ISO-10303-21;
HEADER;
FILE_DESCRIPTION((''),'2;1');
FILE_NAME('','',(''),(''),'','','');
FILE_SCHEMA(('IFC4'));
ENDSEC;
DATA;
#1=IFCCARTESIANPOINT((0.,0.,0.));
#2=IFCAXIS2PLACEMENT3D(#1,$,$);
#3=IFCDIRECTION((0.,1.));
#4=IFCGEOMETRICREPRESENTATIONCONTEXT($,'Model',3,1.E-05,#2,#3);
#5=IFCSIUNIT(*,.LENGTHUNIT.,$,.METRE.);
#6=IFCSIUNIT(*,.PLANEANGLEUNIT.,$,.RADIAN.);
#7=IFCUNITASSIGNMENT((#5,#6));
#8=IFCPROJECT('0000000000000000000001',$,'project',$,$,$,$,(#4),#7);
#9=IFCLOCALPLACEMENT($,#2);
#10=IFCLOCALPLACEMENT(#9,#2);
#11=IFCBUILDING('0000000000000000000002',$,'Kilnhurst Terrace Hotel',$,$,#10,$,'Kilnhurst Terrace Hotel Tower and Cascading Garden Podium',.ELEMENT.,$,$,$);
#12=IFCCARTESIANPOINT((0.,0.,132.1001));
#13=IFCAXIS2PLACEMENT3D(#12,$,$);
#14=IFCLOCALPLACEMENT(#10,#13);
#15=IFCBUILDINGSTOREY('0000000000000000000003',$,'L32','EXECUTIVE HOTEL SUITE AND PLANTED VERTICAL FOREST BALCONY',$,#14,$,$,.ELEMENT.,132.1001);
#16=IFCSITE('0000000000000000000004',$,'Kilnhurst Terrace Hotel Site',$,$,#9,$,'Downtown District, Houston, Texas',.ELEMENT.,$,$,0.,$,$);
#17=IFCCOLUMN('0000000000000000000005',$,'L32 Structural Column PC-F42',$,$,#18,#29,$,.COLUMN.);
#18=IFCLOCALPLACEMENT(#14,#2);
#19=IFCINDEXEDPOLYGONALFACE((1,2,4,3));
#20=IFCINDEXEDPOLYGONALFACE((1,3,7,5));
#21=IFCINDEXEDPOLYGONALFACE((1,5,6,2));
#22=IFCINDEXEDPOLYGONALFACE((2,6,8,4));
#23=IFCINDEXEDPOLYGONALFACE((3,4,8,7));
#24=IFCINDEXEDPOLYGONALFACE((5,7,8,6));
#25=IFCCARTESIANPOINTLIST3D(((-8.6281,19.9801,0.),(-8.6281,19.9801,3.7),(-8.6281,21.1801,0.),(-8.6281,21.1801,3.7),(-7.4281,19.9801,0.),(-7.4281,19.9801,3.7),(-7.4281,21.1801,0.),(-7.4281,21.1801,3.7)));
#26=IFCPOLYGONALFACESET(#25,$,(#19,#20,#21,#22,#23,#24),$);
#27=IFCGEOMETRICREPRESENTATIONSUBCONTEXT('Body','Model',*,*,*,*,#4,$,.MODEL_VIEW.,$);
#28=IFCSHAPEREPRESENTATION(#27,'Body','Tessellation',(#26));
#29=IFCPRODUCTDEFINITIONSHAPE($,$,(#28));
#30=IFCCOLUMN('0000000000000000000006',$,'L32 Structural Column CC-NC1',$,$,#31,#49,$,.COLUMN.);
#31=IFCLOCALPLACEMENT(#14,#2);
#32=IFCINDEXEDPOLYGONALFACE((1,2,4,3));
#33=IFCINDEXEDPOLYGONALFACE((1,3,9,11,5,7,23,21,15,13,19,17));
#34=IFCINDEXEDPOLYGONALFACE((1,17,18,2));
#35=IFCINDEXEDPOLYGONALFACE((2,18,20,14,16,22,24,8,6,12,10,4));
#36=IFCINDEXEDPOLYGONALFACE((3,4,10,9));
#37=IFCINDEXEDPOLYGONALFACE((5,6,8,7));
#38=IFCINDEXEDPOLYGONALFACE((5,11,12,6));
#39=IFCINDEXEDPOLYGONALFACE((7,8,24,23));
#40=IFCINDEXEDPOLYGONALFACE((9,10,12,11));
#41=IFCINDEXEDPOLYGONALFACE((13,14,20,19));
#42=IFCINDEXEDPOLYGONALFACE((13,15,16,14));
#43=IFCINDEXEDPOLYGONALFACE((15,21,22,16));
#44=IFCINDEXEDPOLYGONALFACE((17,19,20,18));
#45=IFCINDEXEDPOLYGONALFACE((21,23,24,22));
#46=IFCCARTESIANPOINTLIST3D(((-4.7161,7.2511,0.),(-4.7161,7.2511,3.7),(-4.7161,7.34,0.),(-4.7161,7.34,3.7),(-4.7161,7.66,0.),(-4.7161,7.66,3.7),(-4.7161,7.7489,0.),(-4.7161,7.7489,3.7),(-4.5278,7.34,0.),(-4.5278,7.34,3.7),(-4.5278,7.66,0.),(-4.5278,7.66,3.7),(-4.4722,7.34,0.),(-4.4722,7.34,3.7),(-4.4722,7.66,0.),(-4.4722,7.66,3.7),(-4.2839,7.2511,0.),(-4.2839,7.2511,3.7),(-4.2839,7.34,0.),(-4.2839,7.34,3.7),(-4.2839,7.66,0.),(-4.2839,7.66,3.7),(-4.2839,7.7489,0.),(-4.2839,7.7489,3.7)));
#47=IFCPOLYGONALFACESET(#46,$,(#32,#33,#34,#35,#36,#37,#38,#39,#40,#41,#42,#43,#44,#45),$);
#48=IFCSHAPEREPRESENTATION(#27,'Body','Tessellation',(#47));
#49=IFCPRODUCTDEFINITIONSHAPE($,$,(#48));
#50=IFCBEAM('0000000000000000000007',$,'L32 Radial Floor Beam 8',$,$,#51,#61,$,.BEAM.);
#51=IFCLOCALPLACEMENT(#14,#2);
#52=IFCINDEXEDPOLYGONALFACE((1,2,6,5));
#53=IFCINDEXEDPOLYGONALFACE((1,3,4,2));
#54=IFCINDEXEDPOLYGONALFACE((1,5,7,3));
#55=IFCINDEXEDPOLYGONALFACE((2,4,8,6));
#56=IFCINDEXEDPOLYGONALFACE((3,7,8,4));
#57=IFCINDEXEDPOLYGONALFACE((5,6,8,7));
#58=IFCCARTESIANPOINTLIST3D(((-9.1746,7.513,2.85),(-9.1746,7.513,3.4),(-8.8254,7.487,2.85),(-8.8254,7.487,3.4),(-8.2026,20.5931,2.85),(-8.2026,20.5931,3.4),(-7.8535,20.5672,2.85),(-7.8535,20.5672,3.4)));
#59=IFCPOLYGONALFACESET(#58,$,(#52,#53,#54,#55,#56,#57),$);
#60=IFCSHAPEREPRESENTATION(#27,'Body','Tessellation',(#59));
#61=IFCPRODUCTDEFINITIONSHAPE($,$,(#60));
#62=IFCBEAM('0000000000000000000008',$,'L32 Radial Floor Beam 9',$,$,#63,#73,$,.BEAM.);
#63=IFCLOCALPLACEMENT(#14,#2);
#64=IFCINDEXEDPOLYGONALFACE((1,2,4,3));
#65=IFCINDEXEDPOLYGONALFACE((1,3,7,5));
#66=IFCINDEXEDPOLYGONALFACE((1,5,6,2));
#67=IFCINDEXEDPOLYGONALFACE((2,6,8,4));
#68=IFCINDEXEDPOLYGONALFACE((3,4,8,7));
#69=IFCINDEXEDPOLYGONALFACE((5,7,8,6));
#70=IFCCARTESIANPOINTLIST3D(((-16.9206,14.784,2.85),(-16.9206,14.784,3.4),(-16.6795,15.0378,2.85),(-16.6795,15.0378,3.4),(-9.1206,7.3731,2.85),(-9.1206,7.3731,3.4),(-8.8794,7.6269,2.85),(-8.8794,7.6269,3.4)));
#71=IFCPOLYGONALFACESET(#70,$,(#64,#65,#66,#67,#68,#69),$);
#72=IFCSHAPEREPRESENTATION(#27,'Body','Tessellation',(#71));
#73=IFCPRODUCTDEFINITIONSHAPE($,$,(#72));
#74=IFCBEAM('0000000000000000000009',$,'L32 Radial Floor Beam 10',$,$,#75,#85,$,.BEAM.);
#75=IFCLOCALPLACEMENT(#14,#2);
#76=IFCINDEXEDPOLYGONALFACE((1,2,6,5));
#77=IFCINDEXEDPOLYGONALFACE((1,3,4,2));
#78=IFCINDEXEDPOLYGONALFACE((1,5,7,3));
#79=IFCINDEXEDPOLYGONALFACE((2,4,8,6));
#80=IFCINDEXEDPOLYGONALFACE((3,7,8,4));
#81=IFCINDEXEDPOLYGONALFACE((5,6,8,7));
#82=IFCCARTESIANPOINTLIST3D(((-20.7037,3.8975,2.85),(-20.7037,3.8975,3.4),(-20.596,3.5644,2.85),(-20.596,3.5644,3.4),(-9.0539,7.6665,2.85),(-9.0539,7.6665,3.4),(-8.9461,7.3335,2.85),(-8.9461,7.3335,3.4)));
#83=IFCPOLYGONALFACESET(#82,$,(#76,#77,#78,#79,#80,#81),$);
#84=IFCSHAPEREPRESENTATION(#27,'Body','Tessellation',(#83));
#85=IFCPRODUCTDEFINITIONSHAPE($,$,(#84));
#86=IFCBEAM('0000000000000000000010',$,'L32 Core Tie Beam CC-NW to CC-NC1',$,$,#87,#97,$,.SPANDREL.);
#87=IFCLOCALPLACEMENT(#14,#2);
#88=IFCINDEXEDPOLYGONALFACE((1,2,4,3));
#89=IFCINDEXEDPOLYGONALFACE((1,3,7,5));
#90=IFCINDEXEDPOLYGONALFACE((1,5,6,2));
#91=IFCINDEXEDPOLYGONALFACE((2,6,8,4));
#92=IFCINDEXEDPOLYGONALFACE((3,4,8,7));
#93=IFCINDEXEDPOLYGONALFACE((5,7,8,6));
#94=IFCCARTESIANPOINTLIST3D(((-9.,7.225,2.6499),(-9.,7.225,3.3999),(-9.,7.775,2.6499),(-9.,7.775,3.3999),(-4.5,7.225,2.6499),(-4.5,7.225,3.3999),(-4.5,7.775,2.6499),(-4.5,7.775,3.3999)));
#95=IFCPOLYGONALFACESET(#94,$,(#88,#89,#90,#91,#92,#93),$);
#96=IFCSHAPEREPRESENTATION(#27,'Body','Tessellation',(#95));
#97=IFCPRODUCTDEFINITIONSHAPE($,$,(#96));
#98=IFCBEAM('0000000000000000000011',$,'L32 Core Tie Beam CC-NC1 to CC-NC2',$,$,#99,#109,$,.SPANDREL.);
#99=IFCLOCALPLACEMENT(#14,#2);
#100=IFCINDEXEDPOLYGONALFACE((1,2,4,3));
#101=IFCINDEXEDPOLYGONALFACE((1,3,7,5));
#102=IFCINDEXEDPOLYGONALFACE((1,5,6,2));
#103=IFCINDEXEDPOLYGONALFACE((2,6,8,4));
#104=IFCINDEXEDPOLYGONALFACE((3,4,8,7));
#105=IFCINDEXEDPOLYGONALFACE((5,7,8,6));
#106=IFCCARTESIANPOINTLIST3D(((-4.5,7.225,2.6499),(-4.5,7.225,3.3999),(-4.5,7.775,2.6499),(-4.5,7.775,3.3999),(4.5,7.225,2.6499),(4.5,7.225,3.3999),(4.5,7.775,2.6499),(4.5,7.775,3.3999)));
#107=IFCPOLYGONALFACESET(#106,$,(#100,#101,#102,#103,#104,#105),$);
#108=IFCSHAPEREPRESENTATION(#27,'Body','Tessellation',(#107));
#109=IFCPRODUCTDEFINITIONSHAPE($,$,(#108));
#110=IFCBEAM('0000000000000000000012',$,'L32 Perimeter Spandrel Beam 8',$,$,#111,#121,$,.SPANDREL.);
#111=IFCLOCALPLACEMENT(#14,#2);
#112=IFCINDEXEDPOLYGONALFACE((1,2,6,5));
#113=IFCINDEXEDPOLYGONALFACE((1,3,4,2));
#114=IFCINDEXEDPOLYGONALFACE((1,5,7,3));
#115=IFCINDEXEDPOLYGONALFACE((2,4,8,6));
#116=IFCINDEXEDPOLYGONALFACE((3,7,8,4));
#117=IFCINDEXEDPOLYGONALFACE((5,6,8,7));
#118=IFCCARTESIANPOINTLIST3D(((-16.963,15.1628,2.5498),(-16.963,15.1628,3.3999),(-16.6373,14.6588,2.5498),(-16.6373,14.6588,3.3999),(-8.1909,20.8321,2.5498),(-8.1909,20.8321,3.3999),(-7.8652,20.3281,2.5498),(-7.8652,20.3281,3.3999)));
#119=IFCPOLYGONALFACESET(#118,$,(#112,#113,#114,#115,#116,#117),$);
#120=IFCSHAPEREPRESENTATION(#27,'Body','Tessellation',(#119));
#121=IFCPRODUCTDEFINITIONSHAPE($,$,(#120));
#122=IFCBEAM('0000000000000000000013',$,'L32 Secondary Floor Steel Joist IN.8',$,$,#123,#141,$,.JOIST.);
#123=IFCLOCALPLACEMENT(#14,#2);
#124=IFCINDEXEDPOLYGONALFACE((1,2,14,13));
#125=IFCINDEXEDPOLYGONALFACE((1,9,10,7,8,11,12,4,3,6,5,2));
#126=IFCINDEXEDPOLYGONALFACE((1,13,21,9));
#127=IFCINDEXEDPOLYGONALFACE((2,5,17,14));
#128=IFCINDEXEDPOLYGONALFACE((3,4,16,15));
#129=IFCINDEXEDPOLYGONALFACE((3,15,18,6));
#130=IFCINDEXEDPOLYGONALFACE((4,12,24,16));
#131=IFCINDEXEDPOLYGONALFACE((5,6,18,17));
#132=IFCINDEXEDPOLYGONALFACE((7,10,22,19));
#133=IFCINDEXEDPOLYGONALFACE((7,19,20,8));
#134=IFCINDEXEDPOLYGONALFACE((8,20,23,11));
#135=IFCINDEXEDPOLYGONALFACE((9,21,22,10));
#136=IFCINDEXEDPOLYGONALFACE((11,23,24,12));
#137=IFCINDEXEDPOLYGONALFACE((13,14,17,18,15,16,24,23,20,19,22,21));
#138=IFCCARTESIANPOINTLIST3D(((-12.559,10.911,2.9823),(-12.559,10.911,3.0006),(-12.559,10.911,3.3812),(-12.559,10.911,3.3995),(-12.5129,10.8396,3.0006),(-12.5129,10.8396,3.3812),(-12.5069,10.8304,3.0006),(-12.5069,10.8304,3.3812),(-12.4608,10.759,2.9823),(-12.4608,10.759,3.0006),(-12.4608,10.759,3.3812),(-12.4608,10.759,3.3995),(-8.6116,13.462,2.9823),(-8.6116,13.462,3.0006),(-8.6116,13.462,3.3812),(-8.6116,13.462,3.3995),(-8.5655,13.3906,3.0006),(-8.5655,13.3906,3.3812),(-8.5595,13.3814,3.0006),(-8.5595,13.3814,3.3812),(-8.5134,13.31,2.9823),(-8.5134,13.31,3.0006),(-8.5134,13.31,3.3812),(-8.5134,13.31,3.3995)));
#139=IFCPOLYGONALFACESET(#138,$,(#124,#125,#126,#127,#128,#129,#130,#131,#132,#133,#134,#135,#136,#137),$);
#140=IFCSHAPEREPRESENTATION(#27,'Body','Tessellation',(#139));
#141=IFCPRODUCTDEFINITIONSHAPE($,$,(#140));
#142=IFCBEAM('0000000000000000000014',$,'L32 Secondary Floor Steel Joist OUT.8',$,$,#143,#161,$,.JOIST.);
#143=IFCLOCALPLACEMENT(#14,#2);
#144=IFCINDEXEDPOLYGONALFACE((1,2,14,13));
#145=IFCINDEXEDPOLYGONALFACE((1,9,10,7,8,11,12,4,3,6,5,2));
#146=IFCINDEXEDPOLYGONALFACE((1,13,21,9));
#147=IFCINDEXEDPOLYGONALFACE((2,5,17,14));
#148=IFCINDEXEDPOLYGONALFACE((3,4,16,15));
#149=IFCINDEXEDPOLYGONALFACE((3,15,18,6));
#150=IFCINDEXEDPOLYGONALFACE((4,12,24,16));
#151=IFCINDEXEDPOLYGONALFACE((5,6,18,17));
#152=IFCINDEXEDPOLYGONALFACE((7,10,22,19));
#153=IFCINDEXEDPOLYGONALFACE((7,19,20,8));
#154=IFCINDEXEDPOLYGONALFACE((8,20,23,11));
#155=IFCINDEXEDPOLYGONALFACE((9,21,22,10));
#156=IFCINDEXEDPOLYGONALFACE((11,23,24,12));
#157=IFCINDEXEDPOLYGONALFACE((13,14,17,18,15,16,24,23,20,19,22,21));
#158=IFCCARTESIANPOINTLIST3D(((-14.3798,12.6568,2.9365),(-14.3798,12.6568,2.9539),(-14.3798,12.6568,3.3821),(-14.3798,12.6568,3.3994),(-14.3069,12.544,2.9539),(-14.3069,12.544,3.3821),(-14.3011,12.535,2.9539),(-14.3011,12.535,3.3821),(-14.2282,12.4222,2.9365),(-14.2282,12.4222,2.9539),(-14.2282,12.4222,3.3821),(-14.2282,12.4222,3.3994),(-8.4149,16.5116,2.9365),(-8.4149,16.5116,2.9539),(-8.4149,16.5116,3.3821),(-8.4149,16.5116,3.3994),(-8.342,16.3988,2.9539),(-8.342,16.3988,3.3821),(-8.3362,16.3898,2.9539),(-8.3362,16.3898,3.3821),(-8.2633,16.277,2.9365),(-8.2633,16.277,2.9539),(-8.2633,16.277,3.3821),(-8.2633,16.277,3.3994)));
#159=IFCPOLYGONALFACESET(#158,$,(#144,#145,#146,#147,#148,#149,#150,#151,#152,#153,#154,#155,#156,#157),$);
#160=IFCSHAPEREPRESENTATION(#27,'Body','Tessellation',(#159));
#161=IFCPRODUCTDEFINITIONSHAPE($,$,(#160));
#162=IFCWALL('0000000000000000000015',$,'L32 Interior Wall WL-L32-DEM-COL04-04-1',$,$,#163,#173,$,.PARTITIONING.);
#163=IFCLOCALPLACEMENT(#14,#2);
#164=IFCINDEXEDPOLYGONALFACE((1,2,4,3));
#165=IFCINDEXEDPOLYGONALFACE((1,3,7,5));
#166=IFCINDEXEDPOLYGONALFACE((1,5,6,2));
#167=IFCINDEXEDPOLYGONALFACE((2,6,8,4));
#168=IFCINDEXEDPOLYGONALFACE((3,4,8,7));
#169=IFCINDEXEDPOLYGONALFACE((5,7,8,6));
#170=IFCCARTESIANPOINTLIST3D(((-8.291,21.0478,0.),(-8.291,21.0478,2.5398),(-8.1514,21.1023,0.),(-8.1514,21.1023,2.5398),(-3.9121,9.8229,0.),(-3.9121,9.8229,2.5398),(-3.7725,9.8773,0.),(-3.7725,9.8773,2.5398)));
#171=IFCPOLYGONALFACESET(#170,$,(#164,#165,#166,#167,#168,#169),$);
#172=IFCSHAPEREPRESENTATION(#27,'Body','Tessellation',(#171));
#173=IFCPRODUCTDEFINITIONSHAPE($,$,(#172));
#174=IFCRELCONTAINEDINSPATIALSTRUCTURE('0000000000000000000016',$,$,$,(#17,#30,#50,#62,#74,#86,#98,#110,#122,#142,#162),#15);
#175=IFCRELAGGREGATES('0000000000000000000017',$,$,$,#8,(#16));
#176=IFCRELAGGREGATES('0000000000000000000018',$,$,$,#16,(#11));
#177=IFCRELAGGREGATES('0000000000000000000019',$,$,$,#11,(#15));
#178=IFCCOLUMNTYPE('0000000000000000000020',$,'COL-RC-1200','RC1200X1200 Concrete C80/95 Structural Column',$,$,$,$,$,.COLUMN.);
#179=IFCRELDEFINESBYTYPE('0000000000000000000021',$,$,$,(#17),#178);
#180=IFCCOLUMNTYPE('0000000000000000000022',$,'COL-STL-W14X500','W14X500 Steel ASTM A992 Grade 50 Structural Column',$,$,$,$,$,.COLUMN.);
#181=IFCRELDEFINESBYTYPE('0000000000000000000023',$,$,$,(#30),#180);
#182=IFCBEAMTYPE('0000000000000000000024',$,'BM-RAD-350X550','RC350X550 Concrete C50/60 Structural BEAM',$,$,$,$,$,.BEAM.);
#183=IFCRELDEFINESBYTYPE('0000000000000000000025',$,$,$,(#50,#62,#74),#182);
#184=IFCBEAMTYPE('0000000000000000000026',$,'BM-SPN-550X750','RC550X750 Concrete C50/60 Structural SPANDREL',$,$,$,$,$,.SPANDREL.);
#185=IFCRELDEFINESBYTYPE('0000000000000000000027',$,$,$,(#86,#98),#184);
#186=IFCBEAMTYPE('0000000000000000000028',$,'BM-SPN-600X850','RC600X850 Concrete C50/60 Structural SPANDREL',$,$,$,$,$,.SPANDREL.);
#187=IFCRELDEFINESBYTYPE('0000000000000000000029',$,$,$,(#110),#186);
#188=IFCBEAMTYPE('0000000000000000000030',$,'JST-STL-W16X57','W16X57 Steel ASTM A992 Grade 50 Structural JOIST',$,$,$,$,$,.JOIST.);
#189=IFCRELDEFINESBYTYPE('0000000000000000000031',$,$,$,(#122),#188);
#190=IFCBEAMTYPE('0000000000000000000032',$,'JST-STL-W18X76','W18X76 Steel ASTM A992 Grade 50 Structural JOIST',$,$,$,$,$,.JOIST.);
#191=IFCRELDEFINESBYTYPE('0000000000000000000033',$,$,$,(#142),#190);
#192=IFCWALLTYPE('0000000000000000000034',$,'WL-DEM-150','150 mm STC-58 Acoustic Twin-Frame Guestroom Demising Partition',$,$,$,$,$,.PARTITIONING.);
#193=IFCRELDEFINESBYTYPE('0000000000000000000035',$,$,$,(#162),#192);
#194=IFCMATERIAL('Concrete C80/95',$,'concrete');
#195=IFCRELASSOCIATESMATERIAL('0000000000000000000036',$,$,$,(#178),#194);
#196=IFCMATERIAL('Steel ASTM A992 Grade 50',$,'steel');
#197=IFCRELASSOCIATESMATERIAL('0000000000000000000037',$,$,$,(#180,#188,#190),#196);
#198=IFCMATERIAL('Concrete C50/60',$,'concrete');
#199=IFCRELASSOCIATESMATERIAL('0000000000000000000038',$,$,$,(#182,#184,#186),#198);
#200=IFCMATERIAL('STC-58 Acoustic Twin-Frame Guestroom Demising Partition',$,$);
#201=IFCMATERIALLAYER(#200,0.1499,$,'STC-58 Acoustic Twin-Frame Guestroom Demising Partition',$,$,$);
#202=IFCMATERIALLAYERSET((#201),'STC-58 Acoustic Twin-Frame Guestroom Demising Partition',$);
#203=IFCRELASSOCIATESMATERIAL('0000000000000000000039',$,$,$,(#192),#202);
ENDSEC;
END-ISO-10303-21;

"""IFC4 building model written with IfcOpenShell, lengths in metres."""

from ifc_helpers import new_model, si_unit, direction, frame, frame_2d, origin, origin_2d, place, context, subcontext, project, spatial, rectangle, i_section, extrude, material, layer, layer_set, material_profile, profile_set, type_object, element, save


model = new_model("IFC4")

# Units and contexts
model_context = context("Model", 3, precision=1e-05, world=origin(), true_north=direction((0.0, 1.0)))
body_context = subcontext(model_context, "Body", "Model", "MODEL_VIEW")
ifc_project = project(units=[si_unit("LENGTHUNIT", "METRE"), si_unit("PLANEANGLEUNIT", "RADIAN")], contexts=[model_context])

# Site, building, storey
site_placement = place(None, origin())
site = spatial("IfcSite", under=ifc_project, at=site_placement, Name="Kilnhurst Terrace Hotel Site", LongName="Downtown District, Houston, Texas", CompositionType="ELEMENT", RefElevation=0.0)
building_placement = place(site_placement, origin())
building = spatial("IfcBuilding", under=site, at=building_placement, Name="Kilnhurst Terrace Hotel", LongName="Kilnhurst Terrace Hotel Tower and Cascading Garden Podium", CompositionType="ELEMENT")
storey_placement = place(building_placement, frame((0.0, 0.0, 132.1001)))
storey = spatial("IfcBuildingStorey", under=building, at=storey_placement, Name="L32", Description="EXECUTIVE HOTEL SUITE AND PLANTED VERTICAL FOREST BALCONY", CompositionType="ELEMENT", Elevation=132.1001)

# Columns
ifc_material_1 = material(Name="Concrete C80/95", Category="concrete")
ifc_material_profile_1 = material_profile(ifc_material_1, rectangle(XDim=1.2, YDim=1.2, at=origin_2d()), Name="RC1200X1200")
ifc_profile_set_1 = profile_set([ifc_material_profile_1], Name="Concrete C80/95")
column_type_1 = type_object("IfcColumnType", Name="COL-RC-1200", Description="RC1200X1200 Concrete C80/95 Structural Column", PredefinedType="COLUMN", material=ifc_profile_set_1)
column_1_placement = place(storey_placement, frame((-8.0281, 20.5801, 0.0), z_axis=(0.0, 0.0, 1.0), x_axis=(1.0, 0.0, 0.0)))
element("IfcColumn", 1, at=column_1_placement, inside=storey, type_object=column_type_1, Name="L32 Structural Column PC-F42", PredefinedType="COLUMN", context=body_context, shape_type="SweptSolid", body=[
    extrude(rectangle(XDim=1.2, YDim=1.2, at=origin_2d()), origin(), (0.0, 0.0, 1.0), 3.7),
])
ifc_material_2 = material(Name="Steel ASTM A992 Grade 50", Category="steel")
ifc_material_profile_2 = material_profile(ifc_material_2, i_section(OverallWidth=0.4321, OverallDepth=0.4978, WebThickness=0.0557, FlangeThickness=0.0889, at=origin_2d()), Name="W14X500")
ifc_profile_set_2 = profile_set([ifc_material_profile_2], Name="Steel ASTM A992 Grade 50")
column_type_2 = type_object("IfcColumnType", Name="COL-STL-W14X500", Description="W14X500 Steel ASTM A992 Grade 50 Structural Column", PredefinedType="COLUMN", material=ifc_profile_set_2)
column_2_placement = place(storey_placement, frame((-4.5, 7.5, 0.0), z_axis=(0.0, 0.0, 1.0), x_axis=(1.0, 0.0, 0.0)))
element("IfcColumn", 2, at=column_2_placement, inside=storey, type_object=column_type_2, Name="L32 Structural Column CC-NC1", PredefinedType="COLUMN", context=body_context, shape_type="SweptSolid", body=[
    extrude(i_section(OverallWidth=0.4321, OverallDepth=0.4978, WebThickness=0.0557, FlangeThickness=0.0889, at=origin_2d()), origin(), (0.0, 0.0, 1.0), 3.7),
])

# Beams
ifc_material_3 = material(Name="Concrete C50/60", Category="concrete")
ifc_material_profile_3 = material_profile(ifc_material_3, rectangle(XDim=0.3501, YDim=0.55, at=origin_2d()), Name="RC350X550")
ifc_profile_set_3 = profile_set([ifc_material_profile_3], Name="Concrete C50/60")
beam_type_1 = type_object("IfcBeamType", Name="BM-RAD-350X550", Description="RC350X550 Concrete C50/60 Structural BEAM", PredefinedType="BEAM", material=ifc_profile_set_3)
beam_1_placement = place(storey_placement, frame((-9.0, 7.5, 3.125), z_axis=(0.074101, 0.997251, 0.0), x_axis=(-0.997251, 0.074101, 0.0)))
element("IfcBeam", 3, at=beam_1_placement, inside=storey, type_object=beam_type_1, Name="L32 Radial Floor Beam 8", PredefinedType="BEAM", context=body_context, shape_type="SweptSolid", body=[
    extrude(rectangle(XDim=0.3501, YDim=0.55, at=origin_2d()), origin(), (0.0, 0.0, 1.0), 13.1162),
])
beam_2_placement = place(storey_placement, frame((-9.0, 7.5, 3.125), z_axis=(-0.72496, 0.688791, 0.0), x_axis=(-0.688791, -0.72496, 0.0)))
element("IfcBeam", 4, at=beam_2_placement, inside=storey, type_object=beam_type_1, Name="L32 Radial Floor Beam 9", PredefinedType="BEAM", context=body_context, shape_type="SweptSolid", body=[
    extrude(rectangle(XDim=0.3501, YDim=0.55, at=origin_2d()), origin(), (0.0, 0.0, 1.0), 10.7593),
])
beam_3_placement = place(storey_placement, frame((-9.0, 7.5, 3.125), z_axis=(-0.951446, -0.307817, 0.0), x_axis=(0.307817, -0.951446, 0.0)))
element("IfcBeam", 5, at=beam_3_placement, inside=storey, type_object=beam_type_1, Name="L32 Radial Floor Beam 10", PredefinedType="BEAM", context=body_context, shape_type="SweptSolid", body=[
    extrude(rectangle(XDim=0.3501, YDim=0.55, at=origin_2d()), origin(), (0.0, 0.0, 1.0), 12.2444),
])
ifc_material_profile_4 = material_profile(ifc_material_3, rectangle(XDim=0.55, YDim=0.75, at=origin_2d()), Name="RC550X750")
ifc_profile_set_4 = profile_set([ifc_material_profile_4], Name="Concrete C50/60")
beam_type_2 = type_object("IfcBeamType", Name="BM-SPN-550X750", Description="RC550X750 Concrete C50/60 Structural SPANDREL", PredefinedType="SPANDREL", material=ifc_profile_set_4)
beam_4_placement = place(storey_placement, frame((-9.0, 7.5, 3.0249), z_axis=(1.0, 0.0, 0.0), x_axis=(0.0, 1.0, 0.0)))
element("IfcBeam", 6, at=beam_4_placement, inside=storey, type_object=beam_type_2, Name="L32 Core Tie Beam CC-NW to CC-NC1", PredefinedType="SPANDREL", context=body_context, shape_type="SweptSolid", body=[
    extrude(rectangle(XDim=0.55, YDim=0.75, at=origin_2d()), origin(), (0.0, 0.0, 1.0), 4.5),
])
beam_5_placement = place(storey_placement, frame((-4.5, 7.5, 3.0249), z_axis=(1.0, 0.0, 0.0), x_axis=(0.0, 1.0, 0.0)))
element("IfcBeam", 7, at=beam_5_placement, inside=storey, type_object=beam_type_2, Name="L32 Core Tie Beam CC-NC1 to CC-NC2", PredefinedType="SPANDREL", context=body_context, shape_type="SweptSolid", body=[
    extrude(rectangle(XDim=0.55, YDim=0.75, at=origin_2d()), origin(), (0.0, 0.0, 1.0), 9.0),
])
ifc_material_profile_5 = material_profile(ifc_material_3, rectangle(XDim=0.6001, YDim=0.8501, at=origin_2d()), Name="RC600X850")
ifc_profile_set_5 = profile_set([ifc_material_profile_5], Name="Concrete C50/60")
beam_type_3 = type_object("IfcBeamType", Name="BM-SPN-600X850", Description="RC600X850 Concrete C50/60 Structural SPANDREL", PredefinedType="SPANDREL", material=ifc_profile_set_5)
beam_6_placement = place(storey_placement, frame((-8.0281, 20.5801, 2.9749), z_axis=(-0.839867, -0.542793, 0.0), x_axis=(0.542793, -0.839867, 0.0)))
element("IfcBeam", 8, at=beam_6_placement, inside=storey, type_object=beam_type_3, Name="L32 Perimeter Spandrel Beam 8", PredefinedType="SPANDREL", context=body_context, shape_type="SweptSolid", body=[
    extrude(rectangle(XDim=0.6001, YDim=0.8501, at=origin_2d()), origin(), (0.0, 0.0, 1.0), 10.4446),
])
ifc_material_profile_6 = material_profile(ifc_material_2, i_section(OverallWidth=0.1809, OverallDepth=0.4172, WebThickness=0.011, FlangeThickness=0.0183, at=origin_2d()), Name="W16X57")
ifc_profile_set_6 = profile_set([ifc_material_profile_6], Name="Steel ASTM A992 Grade 50")
beam_type_4 = type_object("IfcBeamType", Name="JST-STL-W16X57", Description="W16X57 Steel ASTM A992 Grade 50 Structural JOIST", PredefinedType="JOIST", material=ifc_profile_set_6)
beam_7_placement = place(storey_placement, frame((-8.5625, 13.386, 3.1909), z_axis=(-0.839885, -0.542764, 0.0), x_axis=(0.542764, -0.839885, 0.0)))
element("IfcBeam", 9, at=beam_7_placement, inside=storey, type_object=beam_type_4, Name="L32 Secondary Floor Steel Joist IN.8", PredefinedType="JOIST", context=body_context, shape_type="SweptSolid", body=[
    extrude(i_section(OverallWidth=0.1809, OverallDepth=0.4172, WebThickness=0.011, FlangeThickness=0.0183, at=origin_2d()), origin(), (0.0, 0.0, 1.0), 4.7),
])
ifc_material_profile_7 = material_profile(ifc_material_2, i_section(OverallWidth=0.2793, OverallDepth=0.4629, WebThickness=0.0107, FlangeThickness=0.0173, at=origin_2d()), Name="W18X76")
ifc_profile_set_7 = profile_set([ifc_material_profile_7], Name="Steel ASTM A992 Grade 50")
beam_type_5 = type_object("IfcBeamType", Name="JST-STL-W18X76", Description="W18X76 Steel ASTM A992 Grade 50 Structural JOIST", PredefinedType="JOIST", material=ifc_profile_set_7)
beam_8_placement = place(storey_placement, frame((-8.3391, 16.3943, 3.168), z_axis=(-0.839883, -0.542768, 0.0), x_axis=(0.542768, -0.839883, 0.0)))
element("IfcBeam", 10, at=beam_8_placement, inside=storey, type_object=beam_type_5, Name="L32 Secondary Floor Steel Joist OUT.8", PredefinedType="JOIST", context=body_context, shape_type="SweptSolid", body=[
    extrude(i_section(OverallWidth=0.2793, OverallDepth=0.4629, WebThickness=0.0107, FlangeThickness=0.0173, at=origin_2d()), origin(), (0.0, 0.0, 1.0), 7.1021),
])

# Wall
ifc_material_4 = material(Name="STC-58 Acoustic Twin-Frame Guestroom Demising Partition")
ifc_layer_1 = layer(ifc_material_4, 0.1499, Name="STC-58 Acoustic Twin-Frame Guestroom Demising Partition")
ifc_layer_set_1 = layer_set([ifc_layer_1], Name="STC-58 Acoustic Twin-Frame Guestroom Demising Partition")
wall_type_1 = type_object("IfcWallType", Name="WL-DEM-150", Description="150 mm STC-58 Acoustic Twin-Frame Guestroom Demising Partition", PredefinedType="PARTITIONING", material=ifc_layer_set_1)
wall_1_placement = place(storey_placement, frame((-3.8423, 9.8501, 0.0), z_axis=(0.0, 0.0, 1.0), x_axis=(-0.363433, 0.93162, 0.0)))
element("IfcWall", 11, at=wall_1_placement, inside=storey, type_object=wall_type_1, Name="L32 Interior Wall WL-L32-DEM-COL04-04-1", PredefinedType="PARTITIONING", context=body_context, shape_type="SweptSolid", body=[
    extrude(rectangle(XDim=12.0488, YDim=0.1499, at=frame_2d((6.0244, 0.0))), origin(), (0.0, 0.0, 1.0), 2.5398),
])

save(model, "model.ifc")
